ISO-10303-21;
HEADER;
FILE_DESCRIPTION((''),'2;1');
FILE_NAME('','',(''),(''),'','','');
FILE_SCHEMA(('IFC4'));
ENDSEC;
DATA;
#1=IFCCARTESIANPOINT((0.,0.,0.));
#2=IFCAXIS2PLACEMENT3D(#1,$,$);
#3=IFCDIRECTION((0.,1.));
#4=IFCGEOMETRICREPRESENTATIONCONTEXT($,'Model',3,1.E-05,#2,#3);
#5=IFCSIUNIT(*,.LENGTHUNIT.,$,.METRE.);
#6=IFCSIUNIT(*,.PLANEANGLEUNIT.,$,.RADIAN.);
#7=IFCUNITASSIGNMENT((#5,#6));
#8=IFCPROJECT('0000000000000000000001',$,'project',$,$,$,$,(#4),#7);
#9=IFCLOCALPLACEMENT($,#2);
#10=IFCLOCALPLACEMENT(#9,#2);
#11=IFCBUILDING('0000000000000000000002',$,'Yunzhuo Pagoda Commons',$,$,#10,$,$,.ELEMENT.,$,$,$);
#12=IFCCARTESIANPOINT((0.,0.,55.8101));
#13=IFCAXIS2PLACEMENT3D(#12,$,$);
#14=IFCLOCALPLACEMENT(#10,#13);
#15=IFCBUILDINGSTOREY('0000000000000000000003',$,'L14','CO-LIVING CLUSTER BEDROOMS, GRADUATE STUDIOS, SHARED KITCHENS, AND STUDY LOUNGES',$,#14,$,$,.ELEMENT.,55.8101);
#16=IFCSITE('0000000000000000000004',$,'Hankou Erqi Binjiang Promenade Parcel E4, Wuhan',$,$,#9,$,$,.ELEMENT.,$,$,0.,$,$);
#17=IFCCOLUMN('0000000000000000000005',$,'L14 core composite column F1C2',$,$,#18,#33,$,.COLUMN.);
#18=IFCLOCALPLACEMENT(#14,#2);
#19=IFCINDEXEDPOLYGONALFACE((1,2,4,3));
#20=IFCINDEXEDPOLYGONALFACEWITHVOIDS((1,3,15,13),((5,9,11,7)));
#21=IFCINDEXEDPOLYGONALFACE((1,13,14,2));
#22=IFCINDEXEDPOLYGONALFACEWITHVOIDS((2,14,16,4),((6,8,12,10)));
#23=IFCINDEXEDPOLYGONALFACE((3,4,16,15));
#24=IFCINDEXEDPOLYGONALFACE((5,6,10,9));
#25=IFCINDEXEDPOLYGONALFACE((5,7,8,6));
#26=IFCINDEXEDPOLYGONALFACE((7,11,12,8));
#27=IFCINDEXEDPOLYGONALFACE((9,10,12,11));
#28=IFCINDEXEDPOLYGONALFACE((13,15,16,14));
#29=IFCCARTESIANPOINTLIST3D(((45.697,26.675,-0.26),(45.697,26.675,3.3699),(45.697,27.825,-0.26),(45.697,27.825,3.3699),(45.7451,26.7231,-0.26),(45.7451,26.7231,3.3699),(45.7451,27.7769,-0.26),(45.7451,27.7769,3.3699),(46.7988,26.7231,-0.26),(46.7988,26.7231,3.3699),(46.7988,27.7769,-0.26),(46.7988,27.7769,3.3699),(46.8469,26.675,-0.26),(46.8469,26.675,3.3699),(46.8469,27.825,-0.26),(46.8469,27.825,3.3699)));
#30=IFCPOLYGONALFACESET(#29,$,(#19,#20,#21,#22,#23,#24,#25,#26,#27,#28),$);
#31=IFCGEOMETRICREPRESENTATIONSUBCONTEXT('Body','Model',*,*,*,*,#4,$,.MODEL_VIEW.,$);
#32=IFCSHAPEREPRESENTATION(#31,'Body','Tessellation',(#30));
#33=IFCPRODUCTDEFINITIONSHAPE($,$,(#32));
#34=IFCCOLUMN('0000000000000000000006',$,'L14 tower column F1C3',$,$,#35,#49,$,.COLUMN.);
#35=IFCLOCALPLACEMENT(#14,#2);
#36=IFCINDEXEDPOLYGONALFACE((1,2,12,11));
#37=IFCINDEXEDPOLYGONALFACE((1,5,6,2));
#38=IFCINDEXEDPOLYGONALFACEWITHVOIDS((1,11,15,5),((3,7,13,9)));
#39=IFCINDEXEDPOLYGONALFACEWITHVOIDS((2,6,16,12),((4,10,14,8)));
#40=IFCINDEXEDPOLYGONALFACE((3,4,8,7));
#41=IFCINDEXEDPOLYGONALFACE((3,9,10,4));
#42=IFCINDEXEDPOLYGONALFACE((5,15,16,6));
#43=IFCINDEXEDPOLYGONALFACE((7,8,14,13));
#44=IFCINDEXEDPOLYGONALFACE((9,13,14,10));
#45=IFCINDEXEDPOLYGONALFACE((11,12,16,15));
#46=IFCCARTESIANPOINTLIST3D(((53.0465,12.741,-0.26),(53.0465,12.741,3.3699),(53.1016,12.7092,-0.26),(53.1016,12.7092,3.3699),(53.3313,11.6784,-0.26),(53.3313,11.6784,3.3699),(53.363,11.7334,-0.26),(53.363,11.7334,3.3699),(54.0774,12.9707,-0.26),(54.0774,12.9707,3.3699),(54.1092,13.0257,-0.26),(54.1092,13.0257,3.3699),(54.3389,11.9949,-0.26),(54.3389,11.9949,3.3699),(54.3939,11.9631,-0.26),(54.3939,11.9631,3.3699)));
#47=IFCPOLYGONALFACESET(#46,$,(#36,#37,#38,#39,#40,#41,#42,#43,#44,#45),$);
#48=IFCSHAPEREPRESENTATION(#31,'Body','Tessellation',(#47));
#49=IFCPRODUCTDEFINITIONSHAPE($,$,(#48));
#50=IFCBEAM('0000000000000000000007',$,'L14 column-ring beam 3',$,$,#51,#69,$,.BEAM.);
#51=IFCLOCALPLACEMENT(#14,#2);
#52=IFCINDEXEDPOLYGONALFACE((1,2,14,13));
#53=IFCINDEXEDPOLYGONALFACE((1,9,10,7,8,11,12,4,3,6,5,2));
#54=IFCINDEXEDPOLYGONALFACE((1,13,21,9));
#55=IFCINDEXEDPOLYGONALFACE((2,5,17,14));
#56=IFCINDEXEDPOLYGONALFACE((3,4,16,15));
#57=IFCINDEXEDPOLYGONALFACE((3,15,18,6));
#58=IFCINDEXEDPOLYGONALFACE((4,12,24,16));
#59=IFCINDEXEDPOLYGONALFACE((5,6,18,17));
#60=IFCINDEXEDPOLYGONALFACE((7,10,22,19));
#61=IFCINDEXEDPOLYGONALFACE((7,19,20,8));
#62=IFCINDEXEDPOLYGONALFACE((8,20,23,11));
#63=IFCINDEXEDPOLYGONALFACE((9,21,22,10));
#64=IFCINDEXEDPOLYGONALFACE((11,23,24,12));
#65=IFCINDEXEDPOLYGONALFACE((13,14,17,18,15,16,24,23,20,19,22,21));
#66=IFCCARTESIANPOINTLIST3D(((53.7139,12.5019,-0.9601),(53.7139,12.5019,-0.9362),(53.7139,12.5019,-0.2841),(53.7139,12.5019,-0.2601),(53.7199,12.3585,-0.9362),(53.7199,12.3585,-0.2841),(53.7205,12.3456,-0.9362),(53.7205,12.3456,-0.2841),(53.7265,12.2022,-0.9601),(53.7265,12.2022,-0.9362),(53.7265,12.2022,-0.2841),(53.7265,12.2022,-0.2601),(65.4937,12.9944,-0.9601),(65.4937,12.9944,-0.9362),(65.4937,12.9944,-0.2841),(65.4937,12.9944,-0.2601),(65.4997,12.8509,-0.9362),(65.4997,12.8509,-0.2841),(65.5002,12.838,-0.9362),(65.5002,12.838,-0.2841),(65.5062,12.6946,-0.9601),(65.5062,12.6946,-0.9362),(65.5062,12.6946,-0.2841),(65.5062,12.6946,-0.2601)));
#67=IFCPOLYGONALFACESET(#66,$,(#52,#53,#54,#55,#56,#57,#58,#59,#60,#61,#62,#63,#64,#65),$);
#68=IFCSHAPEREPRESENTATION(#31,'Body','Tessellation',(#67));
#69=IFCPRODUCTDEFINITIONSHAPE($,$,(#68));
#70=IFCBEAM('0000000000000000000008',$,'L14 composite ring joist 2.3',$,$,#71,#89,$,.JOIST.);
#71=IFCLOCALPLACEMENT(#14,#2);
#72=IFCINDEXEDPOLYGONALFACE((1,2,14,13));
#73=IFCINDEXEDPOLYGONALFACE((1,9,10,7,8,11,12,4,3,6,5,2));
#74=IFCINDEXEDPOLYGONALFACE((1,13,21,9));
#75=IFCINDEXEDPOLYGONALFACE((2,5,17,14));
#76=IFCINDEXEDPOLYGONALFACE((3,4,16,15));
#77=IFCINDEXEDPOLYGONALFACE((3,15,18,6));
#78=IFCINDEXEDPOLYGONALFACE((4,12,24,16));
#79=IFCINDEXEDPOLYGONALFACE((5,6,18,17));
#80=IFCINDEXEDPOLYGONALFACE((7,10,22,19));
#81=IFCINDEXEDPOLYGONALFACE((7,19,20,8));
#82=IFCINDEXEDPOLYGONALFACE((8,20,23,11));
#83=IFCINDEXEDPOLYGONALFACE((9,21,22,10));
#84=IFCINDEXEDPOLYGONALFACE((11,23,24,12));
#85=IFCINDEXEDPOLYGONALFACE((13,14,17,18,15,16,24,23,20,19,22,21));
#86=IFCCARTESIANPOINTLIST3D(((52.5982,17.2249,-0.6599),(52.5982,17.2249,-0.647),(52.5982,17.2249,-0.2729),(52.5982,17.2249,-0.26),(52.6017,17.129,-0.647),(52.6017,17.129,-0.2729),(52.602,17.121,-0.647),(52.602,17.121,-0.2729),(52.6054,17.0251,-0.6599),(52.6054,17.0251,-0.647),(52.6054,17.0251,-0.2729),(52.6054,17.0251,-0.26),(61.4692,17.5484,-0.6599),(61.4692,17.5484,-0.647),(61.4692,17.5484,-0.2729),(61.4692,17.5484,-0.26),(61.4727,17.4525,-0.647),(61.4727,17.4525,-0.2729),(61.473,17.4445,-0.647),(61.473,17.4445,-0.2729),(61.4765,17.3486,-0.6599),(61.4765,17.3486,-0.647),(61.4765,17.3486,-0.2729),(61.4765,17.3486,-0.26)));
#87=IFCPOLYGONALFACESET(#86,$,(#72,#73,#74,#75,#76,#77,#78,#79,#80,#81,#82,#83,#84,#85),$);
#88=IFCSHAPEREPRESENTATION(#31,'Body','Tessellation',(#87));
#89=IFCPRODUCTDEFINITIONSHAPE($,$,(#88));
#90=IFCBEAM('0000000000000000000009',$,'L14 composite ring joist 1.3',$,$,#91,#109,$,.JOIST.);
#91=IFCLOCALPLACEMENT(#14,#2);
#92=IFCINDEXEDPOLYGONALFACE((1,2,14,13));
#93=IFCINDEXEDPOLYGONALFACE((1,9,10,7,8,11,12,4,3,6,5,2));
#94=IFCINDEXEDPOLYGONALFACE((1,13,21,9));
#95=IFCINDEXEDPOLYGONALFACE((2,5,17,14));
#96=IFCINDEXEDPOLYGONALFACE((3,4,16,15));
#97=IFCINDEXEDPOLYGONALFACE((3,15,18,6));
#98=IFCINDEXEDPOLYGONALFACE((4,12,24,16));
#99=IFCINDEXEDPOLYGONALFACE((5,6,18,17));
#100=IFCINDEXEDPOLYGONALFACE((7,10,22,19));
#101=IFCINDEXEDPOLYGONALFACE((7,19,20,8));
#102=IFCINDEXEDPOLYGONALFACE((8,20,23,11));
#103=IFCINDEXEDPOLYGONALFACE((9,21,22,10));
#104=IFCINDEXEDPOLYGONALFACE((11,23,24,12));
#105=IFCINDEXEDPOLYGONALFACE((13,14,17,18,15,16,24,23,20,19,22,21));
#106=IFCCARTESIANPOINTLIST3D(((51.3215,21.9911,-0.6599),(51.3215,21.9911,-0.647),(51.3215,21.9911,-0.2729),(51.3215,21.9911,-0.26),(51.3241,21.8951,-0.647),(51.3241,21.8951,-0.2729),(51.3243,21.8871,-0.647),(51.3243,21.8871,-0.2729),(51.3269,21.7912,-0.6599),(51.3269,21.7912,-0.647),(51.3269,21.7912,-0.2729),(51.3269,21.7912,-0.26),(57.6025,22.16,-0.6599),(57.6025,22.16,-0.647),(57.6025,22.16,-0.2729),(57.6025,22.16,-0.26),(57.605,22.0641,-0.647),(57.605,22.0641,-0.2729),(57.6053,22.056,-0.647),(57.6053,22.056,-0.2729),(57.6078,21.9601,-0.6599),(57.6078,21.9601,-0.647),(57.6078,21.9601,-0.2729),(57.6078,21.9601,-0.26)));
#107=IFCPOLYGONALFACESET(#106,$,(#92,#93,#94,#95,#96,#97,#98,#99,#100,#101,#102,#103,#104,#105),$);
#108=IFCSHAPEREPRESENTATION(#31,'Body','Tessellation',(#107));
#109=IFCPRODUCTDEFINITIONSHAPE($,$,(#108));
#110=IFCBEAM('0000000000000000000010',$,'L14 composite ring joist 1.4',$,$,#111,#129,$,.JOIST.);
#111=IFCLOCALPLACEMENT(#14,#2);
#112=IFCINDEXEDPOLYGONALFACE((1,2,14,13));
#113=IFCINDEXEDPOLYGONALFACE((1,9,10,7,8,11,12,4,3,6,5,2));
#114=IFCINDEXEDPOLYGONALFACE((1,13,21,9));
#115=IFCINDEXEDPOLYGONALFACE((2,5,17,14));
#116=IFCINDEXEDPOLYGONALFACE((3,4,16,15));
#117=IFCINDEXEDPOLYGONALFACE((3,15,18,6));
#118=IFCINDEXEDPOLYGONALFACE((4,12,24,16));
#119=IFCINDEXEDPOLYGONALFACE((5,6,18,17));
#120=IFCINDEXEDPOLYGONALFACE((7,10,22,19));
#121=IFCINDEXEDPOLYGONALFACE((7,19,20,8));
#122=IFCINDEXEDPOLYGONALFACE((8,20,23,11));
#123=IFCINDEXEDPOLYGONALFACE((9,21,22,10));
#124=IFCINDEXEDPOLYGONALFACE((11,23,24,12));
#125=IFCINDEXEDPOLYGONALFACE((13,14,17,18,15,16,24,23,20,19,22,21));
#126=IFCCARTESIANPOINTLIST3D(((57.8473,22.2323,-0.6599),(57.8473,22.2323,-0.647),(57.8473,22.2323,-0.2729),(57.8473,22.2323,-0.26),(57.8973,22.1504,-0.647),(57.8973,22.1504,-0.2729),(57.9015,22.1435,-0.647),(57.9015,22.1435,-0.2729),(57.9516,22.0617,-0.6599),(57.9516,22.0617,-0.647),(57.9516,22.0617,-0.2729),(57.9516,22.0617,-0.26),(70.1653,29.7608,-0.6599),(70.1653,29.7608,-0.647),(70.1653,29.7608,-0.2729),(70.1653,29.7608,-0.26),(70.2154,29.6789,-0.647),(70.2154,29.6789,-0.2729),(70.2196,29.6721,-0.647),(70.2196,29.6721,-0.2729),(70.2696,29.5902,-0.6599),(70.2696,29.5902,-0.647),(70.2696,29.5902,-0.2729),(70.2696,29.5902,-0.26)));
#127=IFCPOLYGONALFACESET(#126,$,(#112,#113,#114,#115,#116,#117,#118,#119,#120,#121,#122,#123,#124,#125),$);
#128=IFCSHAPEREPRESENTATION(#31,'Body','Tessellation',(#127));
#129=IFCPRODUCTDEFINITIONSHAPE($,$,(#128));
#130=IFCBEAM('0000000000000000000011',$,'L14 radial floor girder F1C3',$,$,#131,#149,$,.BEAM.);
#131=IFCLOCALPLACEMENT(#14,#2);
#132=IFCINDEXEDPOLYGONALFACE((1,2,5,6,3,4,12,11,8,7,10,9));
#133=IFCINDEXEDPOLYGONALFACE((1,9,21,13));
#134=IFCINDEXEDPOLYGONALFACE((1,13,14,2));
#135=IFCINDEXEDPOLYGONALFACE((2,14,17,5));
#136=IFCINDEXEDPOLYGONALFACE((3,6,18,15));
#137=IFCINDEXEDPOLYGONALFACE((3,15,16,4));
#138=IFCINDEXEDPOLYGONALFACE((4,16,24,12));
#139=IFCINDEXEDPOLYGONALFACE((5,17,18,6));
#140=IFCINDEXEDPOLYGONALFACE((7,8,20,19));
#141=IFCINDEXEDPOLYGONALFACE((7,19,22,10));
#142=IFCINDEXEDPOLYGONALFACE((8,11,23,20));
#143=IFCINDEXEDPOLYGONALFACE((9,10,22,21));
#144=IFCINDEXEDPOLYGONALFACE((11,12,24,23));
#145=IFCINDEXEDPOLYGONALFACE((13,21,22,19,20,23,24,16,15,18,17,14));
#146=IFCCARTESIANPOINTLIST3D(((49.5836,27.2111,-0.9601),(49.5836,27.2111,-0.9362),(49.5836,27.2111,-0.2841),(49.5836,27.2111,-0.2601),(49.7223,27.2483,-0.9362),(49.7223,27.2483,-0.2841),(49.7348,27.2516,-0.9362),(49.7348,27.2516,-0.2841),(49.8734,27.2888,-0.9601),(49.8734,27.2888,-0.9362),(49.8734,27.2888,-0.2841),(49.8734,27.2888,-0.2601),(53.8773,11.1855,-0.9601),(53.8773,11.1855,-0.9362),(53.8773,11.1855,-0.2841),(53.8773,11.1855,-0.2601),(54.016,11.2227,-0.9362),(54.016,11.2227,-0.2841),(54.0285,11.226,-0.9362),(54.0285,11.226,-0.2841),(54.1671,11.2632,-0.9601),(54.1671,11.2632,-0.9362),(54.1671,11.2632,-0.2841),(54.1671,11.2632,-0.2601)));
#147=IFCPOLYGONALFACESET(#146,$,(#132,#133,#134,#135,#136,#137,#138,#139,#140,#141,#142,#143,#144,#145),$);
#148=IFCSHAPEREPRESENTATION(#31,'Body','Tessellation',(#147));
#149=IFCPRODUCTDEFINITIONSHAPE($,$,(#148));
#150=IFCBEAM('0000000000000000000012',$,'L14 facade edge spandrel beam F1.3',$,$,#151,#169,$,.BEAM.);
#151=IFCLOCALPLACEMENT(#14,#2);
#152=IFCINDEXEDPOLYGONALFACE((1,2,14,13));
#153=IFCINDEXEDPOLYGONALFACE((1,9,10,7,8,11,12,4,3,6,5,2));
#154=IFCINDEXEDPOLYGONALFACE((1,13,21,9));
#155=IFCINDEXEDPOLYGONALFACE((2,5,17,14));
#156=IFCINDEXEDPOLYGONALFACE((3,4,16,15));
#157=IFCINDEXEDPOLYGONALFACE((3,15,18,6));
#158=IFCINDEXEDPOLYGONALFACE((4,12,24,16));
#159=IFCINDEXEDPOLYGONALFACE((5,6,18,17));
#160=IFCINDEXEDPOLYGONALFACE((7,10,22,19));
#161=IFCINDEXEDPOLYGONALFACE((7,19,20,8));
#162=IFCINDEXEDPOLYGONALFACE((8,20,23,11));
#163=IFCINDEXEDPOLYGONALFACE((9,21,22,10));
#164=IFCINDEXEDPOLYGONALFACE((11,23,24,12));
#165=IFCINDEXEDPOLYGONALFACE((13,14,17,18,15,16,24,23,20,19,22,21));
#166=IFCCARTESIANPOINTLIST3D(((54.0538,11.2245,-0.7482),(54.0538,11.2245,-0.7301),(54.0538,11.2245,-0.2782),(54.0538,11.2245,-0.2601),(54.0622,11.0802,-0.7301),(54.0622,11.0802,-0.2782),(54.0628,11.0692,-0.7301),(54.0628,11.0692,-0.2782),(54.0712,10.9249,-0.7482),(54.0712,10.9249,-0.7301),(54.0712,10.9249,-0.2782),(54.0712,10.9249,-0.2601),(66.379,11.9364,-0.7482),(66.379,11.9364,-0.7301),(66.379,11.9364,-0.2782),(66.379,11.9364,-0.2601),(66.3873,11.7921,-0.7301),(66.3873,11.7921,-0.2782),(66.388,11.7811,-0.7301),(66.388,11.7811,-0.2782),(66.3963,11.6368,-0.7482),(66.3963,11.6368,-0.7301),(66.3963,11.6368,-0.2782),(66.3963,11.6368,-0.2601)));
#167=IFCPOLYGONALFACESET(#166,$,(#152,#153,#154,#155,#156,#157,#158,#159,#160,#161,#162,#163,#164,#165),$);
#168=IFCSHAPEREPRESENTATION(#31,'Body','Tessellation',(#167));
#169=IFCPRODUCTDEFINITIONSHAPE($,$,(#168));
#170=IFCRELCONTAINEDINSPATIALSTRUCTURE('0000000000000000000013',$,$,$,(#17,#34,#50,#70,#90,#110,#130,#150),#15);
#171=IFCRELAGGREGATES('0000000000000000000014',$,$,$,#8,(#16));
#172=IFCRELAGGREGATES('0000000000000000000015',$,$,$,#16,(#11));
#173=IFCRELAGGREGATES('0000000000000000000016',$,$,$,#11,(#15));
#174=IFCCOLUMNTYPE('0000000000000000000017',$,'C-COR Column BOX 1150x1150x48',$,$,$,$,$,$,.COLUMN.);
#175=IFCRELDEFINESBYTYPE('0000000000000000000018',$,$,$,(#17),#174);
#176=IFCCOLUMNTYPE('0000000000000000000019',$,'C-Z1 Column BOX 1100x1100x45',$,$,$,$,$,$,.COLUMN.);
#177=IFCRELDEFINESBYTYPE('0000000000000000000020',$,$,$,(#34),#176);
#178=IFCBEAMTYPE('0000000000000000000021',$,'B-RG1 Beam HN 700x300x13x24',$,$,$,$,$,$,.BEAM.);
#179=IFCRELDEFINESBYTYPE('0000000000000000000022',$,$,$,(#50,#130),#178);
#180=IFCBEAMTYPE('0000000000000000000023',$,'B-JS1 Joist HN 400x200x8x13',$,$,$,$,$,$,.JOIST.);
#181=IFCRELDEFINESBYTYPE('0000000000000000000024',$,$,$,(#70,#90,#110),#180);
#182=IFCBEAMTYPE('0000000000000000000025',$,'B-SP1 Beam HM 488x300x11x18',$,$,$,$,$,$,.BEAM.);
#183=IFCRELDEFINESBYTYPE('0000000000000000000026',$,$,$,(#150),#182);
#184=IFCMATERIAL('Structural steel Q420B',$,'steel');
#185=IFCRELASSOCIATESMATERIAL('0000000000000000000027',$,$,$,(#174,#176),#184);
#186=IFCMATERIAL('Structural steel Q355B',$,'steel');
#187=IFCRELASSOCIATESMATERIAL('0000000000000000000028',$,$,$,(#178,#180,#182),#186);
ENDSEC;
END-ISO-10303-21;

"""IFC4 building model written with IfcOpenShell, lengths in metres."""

from ifc_helpers import new_model, si_unit, direction, frame, origin, origin_2d, place, context, subcontext, project, spatial, hollow_rectangle, i_section, extrude, source, transform, mapped, material, material_profile, profile_set, type_object, element, save


model = new_model("IFC4")

# Units and contexts
model_context = context("Model", 3, precision=1e-05, world=origin(), true_north=direction((0.0, 1.0)))
body_context = subcontext(model_context, "Body", "Model", "MODEL_VIEW")
ifc_project = project(units=[si_unit("LENGTHUNIT", "METRE"), si_unit("PLANEANGLEUNIT", "RADIAN")], contexts=[model_context])

# Site, building, storey
site_placement = place(None, origin())
site = spatial("IfcSite", under=ifc_project, at=site_placement, Name="Hankou Erqi Binjiang Promenade Parcel E4, Wuhan", CompositionType="ELEMENT", RefElevation=0.0)
building_placement = place(site_placement, origin())
building = spatial("IfcBuilding", under=site, at=building_placement, Name="Yunzhuo Pagoda Commons", CompositionType="ELEMENT")
storey_placement = place(building_placement, frame((0.0, 0.0, 55.8101)))
storey = spatial("IfcBuildingStorey", under=building, at=storey_placement, Name="L14", Description="CO-LIVING CLUSTER BEDROOMS, GRADUATE STUDIOS, SHARED KITCHENS, AND STUDY LOUNGES", CompositionType="ELEMENT", Elevation=55.8101)

# Columns
ifc_material_1 = material(Name="Structural steel Q420B", Category="steel")
ifc_material_profile_1 = material_profile(ifc_material_1, hollow_rectangle(XDim=1.1499, YDim=1.1499, WallThickness=0.0481, at=origin_2d()), Name="Structural steel Q420B")
ifc_profile_set_1 = profile_set([ifc_material_profile_1], Name="Structural steel Q420B")
column_type_1 = type_object("IfcColumnType", Name="C-COR Column BOX 1150x1150x48", PredefinedType="COLUMN", material=ifc_profile_set_1)
shared_shape_1 = source(origin(), body_context, "Body", "SweptSolid", [
    extrude(hollow_rectangle(XDim=1.1499, YDim=1.1499, WallThickness=0.0481, at=origin_2d()), origin(), (0.0, 0.0, 1.0), 3.6299),
])
column_1_placement = place(storey_placement, frame((46.272, 27.25, -0.26), z_axis=(0.0, 0.0, 1.0), x_axis=(1.0, 0.0, 0.0)))
element("IfcColumn", 1, at=column_1_placement, inside=storey, type_object=column_type_1, Name="L14 core composite column F1C2", PredefinedType="COLUMN", context=body_context, shape_type="MappedRepresentation", body=[
    mapped(shared_shape_1, transform((0.0, 0.0, 0.0), scale=1.0)),
])
ifc_material_profile_2 = material_profile(ifc_material_1, hollow_rectangle(XDim=1.1001, YDim=1.1001, WallThickness=0.0449, at=origin_2d()), Name="Structural steel Q420B")
ifc_profile_set_2 = profile_set([ifc_material_profile_2], Name="Structural steel Q420B")
column_type_2 = type_object("IfcColumnType", Name="C-Z1 Column BOX 1100x1100x45", PredefinedType="COLUMN", material=ifc_profile_set_2)
shared_shape_2 = source(origin(), body_context, "Body", "SweptSolid", [
    extrude(hollow_rectangle(XDim=1.1001, YDim=1.1001, WallThickness=0.0449, at=origin_2d()), origin(), (0.0, 0.0, 1.0), 3.6299),
])
column_2_placement = place(storey_placement, frame((53.7202, 12.3521, -0.26), z_axis=(0.0, 0.0, 1.0), x_axis=(0.965926, 0.258819, 0.0)))
element("IfcColumn", 2, at=column_2_placement, inside=storey, type_object=column_type_2, Name="L14 tower column F1C3", PredefinedType="COLUMN", context=body_context, shape_type="MappedRepresentation", body=[
    mapped(shared_shape_2, transform((0.0, 0.0, 0.0), scale=1.0)),
])

# Beams
ifc_material_2 = material(Name="Structural steel Q355B", Category="steel")
ifc_material_profile_3 = material_profile(ifc_material_2, i_section(OverallWidth=0.3, OverallDepth=0.7, WebThickness=0.0129, FlangeThickness=0.0239, at=origin_2d()), Name="Structural steel Q355B")
ifc_profile_set_3 = profile_set([ifc_material_profile_3], Name="Structural steel Q355B")
beam_type_1 = type_object("IfcBeamType", Name="B-RG1 Beam HN 700x300x13x24", PredefinedType="BEAM", material=ifc_profile_set_3)
shared_shape_3 = source(origin(), body_context, "Body", "SweptSolid", [
    extrude(i_section(OverallWidth=0.3, OverallDepth=0.7, WebThickness=0.0129, FlangeThickness=0.0239, at=origin_2d()), origin(), (0.0, 0.0, 1.0), 11.79),
])
beam_1_placement = place(storey_placement, frame((53.7202, 12.3521, -0.6101), z_axis=(0.999127, 0.041767, 0.0), x_axis=(-0.041767, 0.999127, 0.0)))
element("IfcBeam", 3, at=beam_1_placement, inside=storey, type_object=beam_type_1, Name="L14 column-ring beam 3", PredefinedType="BEAM", context=body_context, shape_type="MappedRepresentation", body=[
    mapped(shared_shape_3, transform((0.0, 0.0, 0.0), scale=1.0)),
])
ifc_material_profile_4 = material_profile(ifc_material_2, i_section(OverallWidth=0.2, OverallDepth=0.3999, WebThickness=0.0081, FlangeThickness=0.0129, at=origin_2d()), Name="Structural steel Q355B")
ifc_profile_set_4 = profile_set([ifc_material_profile_4], Name="Structural steel Q355B")
beam_type_2 = type_object("IfcBeamType", Name="B-JS1 Joist HN 400x200x8x13", PredefinedType="JOIST", material=ifc_profile_set_4)
shared_shape_4 = source(origin(), body_context, "Body", "SweptSolid", [
    extrude(i_section(OverallWidth=0.2, OverallDepth=0.3999, WebThickness=0.0081, FlangeThickness=0.0129, at=origin_2d()), origin(), (0.0, 0.0, 1.0), 8.877),
])
beam_2_placement = place(storey_placement, frame((52.6018, 17.125, -0.46), z_axis=(0.999336, 0.036441, 0.0), x_axis=(-0.036441, 0.999336, 0.0)))
element("IfcBeam", 4, at=beam_2_placement, inside=storey, type_object=beam_type_2, Name="L14 composite ring joist 2.3", PredefinedType="JOIST", context=body_context, shape_type="MappedRepresentation", body=[
    mapped(shared_shape_4, transform((0.0, 0.0, 0.0), scale=1.0)),
])
shared_shape_5 = source(origin(), body_context, "Body", "SweptSolid", [
    extrude(i_section(OverallWidth=0.2, OverallDepth=0.3999, WebThickness=0.0081, FlangeThickness=0.0129, at=origin_2d()), origin(), (0.0, 0.0, 1.0), 6.2832),
])
beam_3_placement = place(storey_placement, frame((51.3242, 21.8911, -0.46), z_axis=(0.999638, 0.026888, 0.0), x_axis=(-0.026888, 0.999638, 0.0)))
element("IfcBeam", 5, at=beam_3_placement, inside=storey, type_object=beam_type_2, Name="L14 composite ring joist 1.3", PredefinedType="JOIST", context=body_context, shape_type="MappedRepresentation", body=[
    mapped(shared_shape_5, transform((0.0, 0.0, 0.0), scale=1.0)),
])
shared_shape_6 = source(origin(), body_context, "Body", "SweptSolid", [
    extrude(i_section(OverallWidth=0.2, OverallDepth=0.3999, WebThickness=0.0081, FlangeThickness=0.0129, at=origin_2d()), origin(), (0.0, 0.0, 1.0), 14.4365),
])
beam_4_placement = place(storey_placement, frame((57.8994, 22.147, -0.46), z_axis=(0.853256, 0.521492, 0.0), x_axis=(-0.521492, 0.853256, 0.0)))
element("IfcBeam", 6, at=beam_4_placement, inside=storey, type_object=beam_type_2, Name="L14 composite ring joist 1.4", PredefinedType="JOIST", context=body_context, shape_type="MappedRepresentation", body=[
    mapped(shared_shape_6, transform((0.0, 0.0, 0.0), scale=1.0)),
])
shared_shape_7 = source(origin(), body_context, "Body", "SweptSolid", [
    extrude(i_section(OverallWidth=0.3, OverallDepth=0.7, WebThickness=0.0129, FlangeThickness=0.0239, at=origin_2d()), origin(), (0.0, 0.0, 1.0), 16.5908),
])
beam_5_placement = place(storey_placement, frame((54.0222, 11.2244, -0.6101), z_axis=(-0.258799, 0.965931, 0.0), x_axis=(-0.965931, -0.258799, 0.0)))
element("IfcBeam", 7, at=beam_5_placement, inside=storey, type_object=beam_type_1, Name="L14 radial floor girder F1C3", PredefinedType="BEAM", context=body_context, shape_type="MappedRepresentation", body=[
    mapped(shared_shape_7, transform((0.0, 0.0, 0.0), scale=1.0)),
])
ifc_material_profile_5 = material_profile(ifc_material_2, i_section(OverallWidth=0.3, OverallDepth=0.488, WebThickness=0.011, FlangeThickness=0.0181, at=origin_2d()), Name="Structural steel Q355B")
ifc_profile_set_5 = profile_set([ifc_material_profile_5], Name="Structural steel Q355B")
beam_type_3 = type_object("IfcBeamType", Name="B-SP1 Beam HM 488x300x11x18", PredefinedType="BEAM", material=ifc_profile_set_5)
shared_shape_8 = source(origin(), body_context, "Body", "SweptSolid", [
    extrude(i_section(OverallWidth=0.3, OverallDepth=0.488, WebThickness=0.011, FlangeThickness=0.0181, at=origin_2d()), origin(), (0.0, 0.0, 1.0), 12.3457),
])
beam_6_placement = place(storey_placement, frame((54.0625, 11.0747, -0.5042), z_axis=(0.998336, 0.057665, 0.0), x_axis=(-0.057665, 0.998336, 0.0)))
element("IfcBeam", 8, at=beam_6_placement, inside=storey, type_object=beam_type_3, Name="L14 facade edge spandrel beam F1.3", PredefinedType="BEAM", context=body_context, shape_type="MappedRepresentation", body=[
    mapped(shared_shape_8, transform((0.0, 0.0, 0.0), scale=1.0)),
])

save(model, "model.ifc")
